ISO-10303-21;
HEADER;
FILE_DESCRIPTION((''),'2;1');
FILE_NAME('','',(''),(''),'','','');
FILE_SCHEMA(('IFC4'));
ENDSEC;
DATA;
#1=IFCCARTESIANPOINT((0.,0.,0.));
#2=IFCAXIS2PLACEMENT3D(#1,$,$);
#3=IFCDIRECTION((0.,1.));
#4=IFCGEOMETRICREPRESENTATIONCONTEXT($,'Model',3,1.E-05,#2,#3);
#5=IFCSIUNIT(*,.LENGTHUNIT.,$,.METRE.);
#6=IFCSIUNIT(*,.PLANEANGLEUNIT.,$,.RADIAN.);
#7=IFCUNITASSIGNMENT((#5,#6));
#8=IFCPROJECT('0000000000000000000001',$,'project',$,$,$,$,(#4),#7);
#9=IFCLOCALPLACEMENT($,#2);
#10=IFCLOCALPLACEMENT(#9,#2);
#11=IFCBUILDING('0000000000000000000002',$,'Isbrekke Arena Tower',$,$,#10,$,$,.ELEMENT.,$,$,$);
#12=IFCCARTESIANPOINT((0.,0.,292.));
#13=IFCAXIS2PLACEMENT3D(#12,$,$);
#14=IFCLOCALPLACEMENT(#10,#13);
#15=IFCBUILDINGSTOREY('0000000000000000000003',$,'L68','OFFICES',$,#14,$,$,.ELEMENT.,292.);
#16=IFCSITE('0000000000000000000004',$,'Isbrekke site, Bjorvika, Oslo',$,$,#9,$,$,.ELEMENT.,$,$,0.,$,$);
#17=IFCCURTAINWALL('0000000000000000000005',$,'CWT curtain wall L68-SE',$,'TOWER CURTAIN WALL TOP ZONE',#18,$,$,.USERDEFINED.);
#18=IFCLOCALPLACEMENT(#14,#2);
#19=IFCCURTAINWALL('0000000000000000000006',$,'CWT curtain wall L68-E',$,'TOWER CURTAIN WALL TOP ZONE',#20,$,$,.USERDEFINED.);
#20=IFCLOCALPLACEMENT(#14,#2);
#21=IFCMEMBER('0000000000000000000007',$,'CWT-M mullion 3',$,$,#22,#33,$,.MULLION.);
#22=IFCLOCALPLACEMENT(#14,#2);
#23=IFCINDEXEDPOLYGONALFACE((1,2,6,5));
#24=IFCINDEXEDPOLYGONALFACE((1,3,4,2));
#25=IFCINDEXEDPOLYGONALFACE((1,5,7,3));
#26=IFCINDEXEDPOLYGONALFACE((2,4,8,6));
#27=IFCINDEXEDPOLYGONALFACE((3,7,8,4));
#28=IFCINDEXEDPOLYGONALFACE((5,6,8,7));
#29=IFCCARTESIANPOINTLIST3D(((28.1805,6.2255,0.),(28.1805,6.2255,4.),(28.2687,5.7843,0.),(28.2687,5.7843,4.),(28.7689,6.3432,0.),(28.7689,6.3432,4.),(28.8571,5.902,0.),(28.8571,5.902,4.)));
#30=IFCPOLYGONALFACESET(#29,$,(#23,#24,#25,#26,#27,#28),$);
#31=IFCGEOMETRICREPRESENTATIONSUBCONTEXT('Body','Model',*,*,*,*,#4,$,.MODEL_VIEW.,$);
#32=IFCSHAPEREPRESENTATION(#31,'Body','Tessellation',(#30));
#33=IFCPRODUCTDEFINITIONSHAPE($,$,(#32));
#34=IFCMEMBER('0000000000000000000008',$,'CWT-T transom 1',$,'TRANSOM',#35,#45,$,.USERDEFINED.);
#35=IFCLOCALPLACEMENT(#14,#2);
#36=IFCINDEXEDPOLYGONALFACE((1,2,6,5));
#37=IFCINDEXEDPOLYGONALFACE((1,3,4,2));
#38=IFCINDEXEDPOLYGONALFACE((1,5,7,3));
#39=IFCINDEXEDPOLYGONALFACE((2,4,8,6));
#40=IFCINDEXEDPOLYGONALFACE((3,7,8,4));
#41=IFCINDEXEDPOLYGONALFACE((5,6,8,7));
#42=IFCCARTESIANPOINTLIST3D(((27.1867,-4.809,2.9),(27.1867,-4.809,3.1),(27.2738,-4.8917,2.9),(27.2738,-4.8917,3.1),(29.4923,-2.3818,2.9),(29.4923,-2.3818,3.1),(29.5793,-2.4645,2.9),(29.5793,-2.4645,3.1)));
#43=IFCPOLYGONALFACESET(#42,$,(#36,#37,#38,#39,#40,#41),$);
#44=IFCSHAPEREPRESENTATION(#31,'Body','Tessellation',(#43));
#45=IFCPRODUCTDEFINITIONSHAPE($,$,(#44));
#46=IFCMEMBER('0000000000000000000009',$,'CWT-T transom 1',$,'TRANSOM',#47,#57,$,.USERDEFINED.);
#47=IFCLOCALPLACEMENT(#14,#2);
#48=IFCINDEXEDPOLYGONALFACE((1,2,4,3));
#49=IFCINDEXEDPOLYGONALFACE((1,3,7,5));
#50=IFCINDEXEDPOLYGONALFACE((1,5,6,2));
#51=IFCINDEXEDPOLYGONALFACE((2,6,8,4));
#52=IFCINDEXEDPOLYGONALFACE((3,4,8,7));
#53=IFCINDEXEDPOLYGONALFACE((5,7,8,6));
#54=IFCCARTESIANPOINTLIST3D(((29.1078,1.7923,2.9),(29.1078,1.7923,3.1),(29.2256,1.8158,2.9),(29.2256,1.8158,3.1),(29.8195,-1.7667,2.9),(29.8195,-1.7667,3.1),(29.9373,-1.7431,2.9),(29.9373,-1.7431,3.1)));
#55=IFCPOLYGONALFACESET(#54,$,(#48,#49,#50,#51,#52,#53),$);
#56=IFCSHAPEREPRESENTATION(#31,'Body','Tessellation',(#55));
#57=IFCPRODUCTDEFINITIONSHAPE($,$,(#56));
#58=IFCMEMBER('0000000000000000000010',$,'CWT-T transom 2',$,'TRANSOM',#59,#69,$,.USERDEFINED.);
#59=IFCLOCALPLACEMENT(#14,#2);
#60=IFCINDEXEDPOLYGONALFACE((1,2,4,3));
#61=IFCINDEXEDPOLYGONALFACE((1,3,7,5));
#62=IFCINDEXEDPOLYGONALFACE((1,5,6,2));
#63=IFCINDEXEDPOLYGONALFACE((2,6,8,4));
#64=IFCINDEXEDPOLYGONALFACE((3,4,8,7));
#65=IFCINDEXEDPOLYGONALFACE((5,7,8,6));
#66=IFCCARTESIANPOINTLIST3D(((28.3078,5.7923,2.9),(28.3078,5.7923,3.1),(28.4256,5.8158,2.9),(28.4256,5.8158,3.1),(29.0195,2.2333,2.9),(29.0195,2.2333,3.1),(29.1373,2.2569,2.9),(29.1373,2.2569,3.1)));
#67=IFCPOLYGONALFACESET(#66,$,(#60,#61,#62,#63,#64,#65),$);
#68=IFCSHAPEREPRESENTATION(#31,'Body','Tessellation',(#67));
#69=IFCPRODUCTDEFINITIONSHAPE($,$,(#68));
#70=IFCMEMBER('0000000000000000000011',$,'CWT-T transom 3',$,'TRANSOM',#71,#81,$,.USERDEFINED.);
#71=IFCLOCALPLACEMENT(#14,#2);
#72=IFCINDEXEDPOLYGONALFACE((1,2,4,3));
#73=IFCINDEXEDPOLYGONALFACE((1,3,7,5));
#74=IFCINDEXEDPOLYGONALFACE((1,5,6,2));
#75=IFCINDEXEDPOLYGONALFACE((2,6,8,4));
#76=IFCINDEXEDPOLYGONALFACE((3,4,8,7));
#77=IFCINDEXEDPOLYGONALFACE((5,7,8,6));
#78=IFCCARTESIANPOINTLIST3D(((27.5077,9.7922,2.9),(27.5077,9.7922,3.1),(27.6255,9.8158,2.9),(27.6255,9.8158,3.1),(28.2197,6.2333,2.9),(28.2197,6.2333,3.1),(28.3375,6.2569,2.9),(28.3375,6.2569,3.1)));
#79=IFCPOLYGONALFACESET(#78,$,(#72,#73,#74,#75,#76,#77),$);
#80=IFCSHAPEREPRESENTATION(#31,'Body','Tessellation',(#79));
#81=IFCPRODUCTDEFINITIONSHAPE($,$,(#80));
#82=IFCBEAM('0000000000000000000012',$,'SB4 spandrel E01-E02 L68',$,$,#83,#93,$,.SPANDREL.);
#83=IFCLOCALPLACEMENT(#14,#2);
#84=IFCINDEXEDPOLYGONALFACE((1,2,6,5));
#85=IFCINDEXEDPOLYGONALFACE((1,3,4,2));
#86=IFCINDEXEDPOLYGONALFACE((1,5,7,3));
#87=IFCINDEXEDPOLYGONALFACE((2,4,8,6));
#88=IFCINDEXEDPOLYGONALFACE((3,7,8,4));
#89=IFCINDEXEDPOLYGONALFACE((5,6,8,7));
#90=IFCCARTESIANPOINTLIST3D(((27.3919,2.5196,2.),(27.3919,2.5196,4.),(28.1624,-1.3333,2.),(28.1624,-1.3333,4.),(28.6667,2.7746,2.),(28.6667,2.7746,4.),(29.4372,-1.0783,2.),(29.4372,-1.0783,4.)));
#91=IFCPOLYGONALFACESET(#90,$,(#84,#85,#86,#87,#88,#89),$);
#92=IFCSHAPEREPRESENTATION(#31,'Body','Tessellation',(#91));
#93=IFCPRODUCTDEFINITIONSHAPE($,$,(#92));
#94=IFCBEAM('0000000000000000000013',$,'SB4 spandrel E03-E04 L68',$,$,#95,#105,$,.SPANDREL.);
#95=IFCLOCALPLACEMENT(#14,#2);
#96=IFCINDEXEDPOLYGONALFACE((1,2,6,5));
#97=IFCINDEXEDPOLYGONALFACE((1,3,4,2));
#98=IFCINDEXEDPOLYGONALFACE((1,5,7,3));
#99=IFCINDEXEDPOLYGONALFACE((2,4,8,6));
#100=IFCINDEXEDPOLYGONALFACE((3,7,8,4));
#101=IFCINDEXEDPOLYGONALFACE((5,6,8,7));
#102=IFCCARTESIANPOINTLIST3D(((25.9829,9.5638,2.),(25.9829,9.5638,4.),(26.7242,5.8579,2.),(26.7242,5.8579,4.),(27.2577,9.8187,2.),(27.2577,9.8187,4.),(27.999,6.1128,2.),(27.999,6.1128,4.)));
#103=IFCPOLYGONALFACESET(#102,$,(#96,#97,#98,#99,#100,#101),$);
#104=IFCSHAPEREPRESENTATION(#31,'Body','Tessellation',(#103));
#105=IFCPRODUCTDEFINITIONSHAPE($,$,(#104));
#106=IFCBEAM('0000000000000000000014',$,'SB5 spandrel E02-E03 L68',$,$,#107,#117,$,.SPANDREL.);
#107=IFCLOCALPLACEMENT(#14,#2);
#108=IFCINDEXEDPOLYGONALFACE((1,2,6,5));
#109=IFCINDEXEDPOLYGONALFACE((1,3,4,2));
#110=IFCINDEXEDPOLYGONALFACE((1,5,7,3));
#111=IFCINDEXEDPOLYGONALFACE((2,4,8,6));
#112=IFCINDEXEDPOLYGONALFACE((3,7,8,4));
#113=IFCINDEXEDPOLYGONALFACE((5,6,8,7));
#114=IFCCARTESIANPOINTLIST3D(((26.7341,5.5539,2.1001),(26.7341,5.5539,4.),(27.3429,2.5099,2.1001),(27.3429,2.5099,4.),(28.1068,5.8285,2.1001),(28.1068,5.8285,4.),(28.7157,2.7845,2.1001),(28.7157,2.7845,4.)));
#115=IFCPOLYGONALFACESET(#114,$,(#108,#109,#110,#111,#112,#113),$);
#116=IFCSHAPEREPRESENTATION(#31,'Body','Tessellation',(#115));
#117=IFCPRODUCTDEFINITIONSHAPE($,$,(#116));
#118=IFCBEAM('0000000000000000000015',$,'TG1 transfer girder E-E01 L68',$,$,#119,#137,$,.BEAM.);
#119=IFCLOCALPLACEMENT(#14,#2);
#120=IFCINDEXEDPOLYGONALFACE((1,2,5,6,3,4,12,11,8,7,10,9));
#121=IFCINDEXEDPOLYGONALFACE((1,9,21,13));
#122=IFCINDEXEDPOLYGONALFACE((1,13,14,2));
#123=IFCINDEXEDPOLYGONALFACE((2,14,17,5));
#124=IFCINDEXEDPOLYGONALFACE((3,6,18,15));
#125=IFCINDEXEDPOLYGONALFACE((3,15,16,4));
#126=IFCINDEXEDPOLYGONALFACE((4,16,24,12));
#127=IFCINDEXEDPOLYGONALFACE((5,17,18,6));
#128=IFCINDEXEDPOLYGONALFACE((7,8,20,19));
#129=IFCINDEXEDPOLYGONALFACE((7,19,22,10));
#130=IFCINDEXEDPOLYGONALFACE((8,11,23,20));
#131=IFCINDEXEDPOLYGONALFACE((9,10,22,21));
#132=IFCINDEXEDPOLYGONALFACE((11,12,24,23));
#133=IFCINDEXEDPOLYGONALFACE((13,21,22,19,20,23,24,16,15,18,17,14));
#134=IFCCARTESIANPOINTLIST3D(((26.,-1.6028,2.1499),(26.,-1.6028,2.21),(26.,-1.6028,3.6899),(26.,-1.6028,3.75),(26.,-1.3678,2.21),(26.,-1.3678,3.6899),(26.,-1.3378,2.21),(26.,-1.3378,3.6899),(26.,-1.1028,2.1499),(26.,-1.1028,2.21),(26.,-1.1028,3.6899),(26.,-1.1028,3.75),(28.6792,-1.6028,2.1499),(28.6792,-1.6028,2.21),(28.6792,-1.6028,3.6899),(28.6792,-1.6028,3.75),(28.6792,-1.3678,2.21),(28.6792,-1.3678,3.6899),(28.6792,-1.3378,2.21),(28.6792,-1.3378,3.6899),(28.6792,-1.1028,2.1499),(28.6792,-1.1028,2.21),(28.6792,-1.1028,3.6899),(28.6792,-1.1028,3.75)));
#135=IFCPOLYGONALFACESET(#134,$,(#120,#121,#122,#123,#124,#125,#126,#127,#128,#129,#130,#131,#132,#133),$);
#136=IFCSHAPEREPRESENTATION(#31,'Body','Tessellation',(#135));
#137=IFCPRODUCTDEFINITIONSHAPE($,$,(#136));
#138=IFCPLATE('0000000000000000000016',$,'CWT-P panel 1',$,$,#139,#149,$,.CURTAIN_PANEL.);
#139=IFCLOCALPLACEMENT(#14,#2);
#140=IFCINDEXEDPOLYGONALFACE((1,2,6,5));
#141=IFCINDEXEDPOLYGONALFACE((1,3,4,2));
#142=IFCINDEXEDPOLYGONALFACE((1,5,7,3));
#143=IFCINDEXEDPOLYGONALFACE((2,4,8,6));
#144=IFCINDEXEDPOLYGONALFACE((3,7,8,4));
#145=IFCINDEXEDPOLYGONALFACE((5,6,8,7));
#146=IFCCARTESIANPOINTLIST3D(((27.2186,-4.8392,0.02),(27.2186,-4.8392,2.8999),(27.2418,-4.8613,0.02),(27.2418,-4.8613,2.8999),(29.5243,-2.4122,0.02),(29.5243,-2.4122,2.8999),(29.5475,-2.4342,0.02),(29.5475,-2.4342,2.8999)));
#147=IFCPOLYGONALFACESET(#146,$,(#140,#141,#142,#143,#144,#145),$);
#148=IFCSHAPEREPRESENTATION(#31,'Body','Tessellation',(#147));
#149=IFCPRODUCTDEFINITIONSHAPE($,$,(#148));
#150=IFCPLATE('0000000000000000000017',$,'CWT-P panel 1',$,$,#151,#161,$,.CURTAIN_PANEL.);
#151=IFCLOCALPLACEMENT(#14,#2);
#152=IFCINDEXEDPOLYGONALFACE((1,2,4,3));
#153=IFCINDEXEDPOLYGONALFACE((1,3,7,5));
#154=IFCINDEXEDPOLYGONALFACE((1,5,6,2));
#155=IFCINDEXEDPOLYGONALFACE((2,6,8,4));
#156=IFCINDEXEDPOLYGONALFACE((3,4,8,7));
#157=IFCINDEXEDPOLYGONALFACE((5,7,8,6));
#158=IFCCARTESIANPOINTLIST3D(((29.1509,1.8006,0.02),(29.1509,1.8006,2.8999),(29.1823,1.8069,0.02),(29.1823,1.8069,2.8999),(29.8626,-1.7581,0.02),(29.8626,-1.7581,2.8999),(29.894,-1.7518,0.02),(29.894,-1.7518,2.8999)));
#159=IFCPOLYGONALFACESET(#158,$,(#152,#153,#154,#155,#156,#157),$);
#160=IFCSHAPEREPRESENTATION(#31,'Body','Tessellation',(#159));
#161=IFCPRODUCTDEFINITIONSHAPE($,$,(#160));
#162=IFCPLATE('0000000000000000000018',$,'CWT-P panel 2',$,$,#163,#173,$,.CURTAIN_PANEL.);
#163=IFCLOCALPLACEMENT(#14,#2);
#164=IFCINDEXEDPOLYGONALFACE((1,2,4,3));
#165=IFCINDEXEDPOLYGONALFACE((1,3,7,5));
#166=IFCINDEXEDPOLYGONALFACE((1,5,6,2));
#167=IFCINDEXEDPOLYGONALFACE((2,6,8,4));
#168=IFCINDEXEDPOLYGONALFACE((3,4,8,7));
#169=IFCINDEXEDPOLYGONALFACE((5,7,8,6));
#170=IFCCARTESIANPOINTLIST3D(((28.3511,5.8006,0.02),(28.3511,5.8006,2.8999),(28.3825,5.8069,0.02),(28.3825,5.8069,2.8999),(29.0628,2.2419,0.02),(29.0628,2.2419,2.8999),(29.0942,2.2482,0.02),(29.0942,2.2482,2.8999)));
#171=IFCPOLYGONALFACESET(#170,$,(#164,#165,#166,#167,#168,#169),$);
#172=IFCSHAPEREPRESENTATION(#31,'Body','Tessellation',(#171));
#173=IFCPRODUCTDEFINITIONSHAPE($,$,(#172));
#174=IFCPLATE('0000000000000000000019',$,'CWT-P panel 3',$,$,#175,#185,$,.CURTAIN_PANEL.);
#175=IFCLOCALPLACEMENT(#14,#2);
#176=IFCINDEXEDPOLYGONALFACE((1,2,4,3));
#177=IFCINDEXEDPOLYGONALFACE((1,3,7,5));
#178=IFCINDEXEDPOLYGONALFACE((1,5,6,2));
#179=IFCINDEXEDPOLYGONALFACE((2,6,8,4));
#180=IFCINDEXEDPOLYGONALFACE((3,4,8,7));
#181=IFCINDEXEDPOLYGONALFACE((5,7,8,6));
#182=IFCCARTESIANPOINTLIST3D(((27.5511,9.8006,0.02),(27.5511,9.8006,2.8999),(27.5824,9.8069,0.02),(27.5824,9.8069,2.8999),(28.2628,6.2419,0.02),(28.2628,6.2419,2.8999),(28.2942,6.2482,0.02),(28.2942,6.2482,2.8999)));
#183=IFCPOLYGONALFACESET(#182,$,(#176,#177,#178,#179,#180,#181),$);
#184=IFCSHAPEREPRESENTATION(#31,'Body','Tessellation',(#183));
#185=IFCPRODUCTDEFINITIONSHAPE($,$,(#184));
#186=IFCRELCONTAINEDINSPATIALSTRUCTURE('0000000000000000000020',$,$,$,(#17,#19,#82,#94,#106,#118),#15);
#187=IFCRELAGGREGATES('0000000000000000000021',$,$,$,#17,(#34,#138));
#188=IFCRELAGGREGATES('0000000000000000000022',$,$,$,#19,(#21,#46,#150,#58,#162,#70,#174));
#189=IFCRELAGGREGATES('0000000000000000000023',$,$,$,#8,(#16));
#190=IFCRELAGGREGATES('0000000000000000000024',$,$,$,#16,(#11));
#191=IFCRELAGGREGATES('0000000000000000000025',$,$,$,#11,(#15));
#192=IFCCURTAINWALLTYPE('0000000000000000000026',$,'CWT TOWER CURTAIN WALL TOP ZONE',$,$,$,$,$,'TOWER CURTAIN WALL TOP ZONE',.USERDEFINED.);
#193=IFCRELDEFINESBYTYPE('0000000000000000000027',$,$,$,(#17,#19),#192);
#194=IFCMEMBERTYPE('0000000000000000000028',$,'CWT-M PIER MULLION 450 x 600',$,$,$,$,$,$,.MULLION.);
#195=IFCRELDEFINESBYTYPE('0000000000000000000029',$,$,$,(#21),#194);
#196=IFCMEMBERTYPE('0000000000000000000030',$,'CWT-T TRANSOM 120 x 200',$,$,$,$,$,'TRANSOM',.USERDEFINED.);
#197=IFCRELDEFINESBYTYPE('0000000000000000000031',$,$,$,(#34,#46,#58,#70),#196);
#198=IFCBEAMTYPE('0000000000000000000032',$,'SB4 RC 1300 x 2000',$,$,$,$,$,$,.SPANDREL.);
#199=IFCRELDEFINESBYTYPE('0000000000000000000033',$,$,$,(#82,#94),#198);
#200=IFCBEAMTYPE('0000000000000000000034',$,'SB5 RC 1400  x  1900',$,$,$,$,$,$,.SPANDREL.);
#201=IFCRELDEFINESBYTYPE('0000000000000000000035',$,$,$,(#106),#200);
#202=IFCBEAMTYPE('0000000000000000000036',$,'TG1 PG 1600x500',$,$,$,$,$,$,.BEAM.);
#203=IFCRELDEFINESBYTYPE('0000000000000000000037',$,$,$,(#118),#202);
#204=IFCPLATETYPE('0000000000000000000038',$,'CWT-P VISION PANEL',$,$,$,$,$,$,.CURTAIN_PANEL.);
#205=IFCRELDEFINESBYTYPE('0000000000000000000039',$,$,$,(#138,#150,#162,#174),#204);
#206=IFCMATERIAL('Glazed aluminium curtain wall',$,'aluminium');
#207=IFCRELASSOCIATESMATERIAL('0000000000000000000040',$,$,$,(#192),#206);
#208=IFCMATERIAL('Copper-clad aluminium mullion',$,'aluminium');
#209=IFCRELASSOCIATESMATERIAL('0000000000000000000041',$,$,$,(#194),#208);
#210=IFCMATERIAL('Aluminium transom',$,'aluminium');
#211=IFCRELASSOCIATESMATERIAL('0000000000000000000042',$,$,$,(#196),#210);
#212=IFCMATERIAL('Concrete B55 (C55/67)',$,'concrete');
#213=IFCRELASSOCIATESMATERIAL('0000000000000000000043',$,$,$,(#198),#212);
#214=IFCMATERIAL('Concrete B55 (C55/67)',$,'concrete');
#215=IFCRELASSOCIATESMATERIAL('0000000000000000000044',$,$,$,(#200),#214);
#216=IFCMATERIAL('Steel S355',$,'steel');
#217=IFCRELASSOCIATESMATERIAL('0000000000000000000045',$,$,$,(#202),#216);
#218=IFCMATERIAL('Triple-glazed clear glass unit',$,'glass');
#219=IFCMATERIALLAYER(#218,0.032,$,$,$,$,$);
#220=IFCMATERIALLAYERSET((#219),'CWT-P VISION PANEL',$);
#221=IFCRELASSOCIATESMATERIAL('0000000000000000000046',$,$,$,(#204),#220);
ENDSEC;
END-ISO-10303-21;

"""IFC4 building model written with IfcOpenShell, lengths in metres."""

from ifc_helpers import new_model, si_unit, direction, frame, origin, origin_2d, place, context, subcontext, project, spatial, rectangle, i_section, extrude, material, layer, layer_set, material_profile, profile_set, type_object, element, aggregate, save


model = new_model("IFC4")

# Units and contexts
model_context = context("Model", 3, precision=1e-05, world=origin(), true_north=direction((0.0, 1.0)))
body_context = subcontext(model_context, "Body", "Model", "MODEL_VIEW")
ifc_project = project(units=[si_unit("LENGTHUNIT", "METRE"), si_unit("PLANEANGLEUNIT", "RADIAN")], contexts=[model_context])

# Site, building, storey
site_placement = place(None, origin())
site = spatial("IfcSite", under=ifc_project, at=site_placement, Name="Isbrekke site, Bjorvika, Oslo", CompositionType="ELEMENT", RefElevation=0.0)
building_placement = place(site_placement, origin())
building = spatial("IfcBuilding", under=site, at=building_placement, Name="Isbrekke Arena Tower", CompositionType="ELEMENT")
storey_placement = place(building_placement, frame((0.0, 0.0, 292.0)))
storey = spatial("IfcBuildingStorey", under=building, at=storey_placement, Name="L68", Description="OFFICES", CompositionType="ELEMENT", Elevation=292.0)

# Curtain walls, member
ifc_material_1 = material(Name="Glazed aluminium curtain wall", Category="aluminium")
curtain_wall_type = type_object("IfcCurtainWallType", Name="CWT TOWER CURTAIN WALL TOP ZONE", ElementType="TOWER CURTAIN WALL TOP ZONE", PredefinedType="USERDEFINED", material=ifc_material_1)
curtain_wall_1_placement = place(storey_placement, origin())
curtain_wall_1 = element("IfcCurtainWall", 1, at=curtain_wall_1_placement, inside=storey, type_object=curtain_wall_type, Name="CWT curtain wall L68-SE", ObjectType="TOWER CURTAIN WALL TOP ZONE", PredefinedType="USERDEFINED")
ifc_material_2 = material(Name="Copper-clad aluminium mullion", Category="aluminium")
ifc_material_profile_1 = material_profile(ifc_material_2, rectangle(XDim=0.45, YDim=0.6001, at=origin_2d()), Name="PIER 450X600")
ifc_profile_set_1 = profile_set([ifc_material_profile_1], Name="Copper-clad aluminium mullion")
member_type_1 = type_object("IfcMemberType", Name="CWT-M PIER MULLION 450 x 600", PredefinedType="MULLION", material=ifc_profile_set_1)
curtain_wall_2_placement = place(storey_placement, origin())
curtain_wall_2 = element("IfcCurtainWall", 2, at=curtain_wall_2_placement, inside=storey, type_object=curtain_wall_type, Name="CWT curtain wall L68-E", ObjectType="TOWER CURTAIN WALL TOP ZONE", PredefinedType="USERDEFINED")
member_1_placement = place(storey_placement, frame((28.5188, 6.0637, 0.0), z_axis=(0.0, 0.0, 1.0), x_axis=(-0.196116, 0.980581, 0.0)))
member_1 = element("IfcMember", 3, at=member_1_placement, type_object=member_type_1, Name="CWT-M mullion 3", PredefinedType="MULLION", context=body_context, shape_type="SweptSolid", body=[
    extrude(rectangle(XDim=0.45, YDim=0.6001, at=origin_2d()), origin(), (0.0, 0.0, 1.0), 4.0),
])

# Members
ifc_material_3 = material(Name="Aluminium transom", Category="aluminium")
ifc_material_profile_2 = material_profile(ifc_material_3, rectangle(XDim=0.1201, YDim=0.2, at=origin_2d()), Name="TRANSOM 120X200")
ifc_profile_set_2 = profile_set([ifc_material_profile_2], Name="Aluminium transom")
member_type_2 = type_object("IfcMemberType", Name="CWT-T TRANSOM 120 x 200", ElementType="TRANSOM", PredefinedType="USERDEFINED", material=ifc_profile_set_2)
member_2_placement = place(storey_placement, frame((27.2302, -4.8503, 3.0), z_axis=(0.688715, 0.725032, 0.0), x_axis=(-0.725032, 0.688715, 0.0)))
member_2 = element("IfcMember", 4, at=member_2_placement, type_object=member_type_2, Name="CWT-T transom 1", ObjectType="TRANSOM", PredefinedType="USERDEFINED", context=body_context, shape_type="SweptSolid", body=[
    extrude(rectangle(XDim=0.1201, YDim=0.2, at=origin_2d()), origin(), (0.0, 0.0, 1.0), 3.3477),
])
member_3_placement = place(storey_placement, frame((29.8784, -1.7549, 3.0), z_axis=(-0.19609, 0.980586, 0.0), x_axis=(-0.980586, -0.19609, 0.0)))
member_3 = element("IfcMember", 5, at=member_3_placement, type_object=member_type_2, Name="CWT-T transom 1", ObjectType="TRANSOM", PredefinedType="USERDEFINED", context=body_context, shape_type="SweptSolid", body=[
    extrude(rectangle(XDim=0.1201, YDim=0.2, at=origin_2d()), origin(), (0.0, 0.0, 1.0), 3.6294),
])
member_4_placement = place(storey_placement, frame((29.0784, 2.2451, 3.0), z_axis=(-0.19609, 0.980586, 0.0), x_axis=(-0.980586, -0.19609, 0.0)))
member_4 = element("IfcMember", 6, at=member_4_placement, type_object=member_type_2, Name="CWT-T transom 2", ObjectType="TRANSOM", PredefinedType="USERDEFINED", context=body_context, shape_type="SweptSolid", body=[
    extrude(rectangle(XDim=0.1201, YDim=0.2, at=origin_2d()), origin(), (0.0, 0.0, 1.0), 3.6294),
])
member_5_placement = place(storey_placement, frame((28.2786, 6.2451, 3.0), z_axis=(-0.196155, 0.980573, 0.0), x_axis=(-0.980573, -0.196155, 0.0)))
member_5 = element("IfcMember", 7, at=member_5_placement, type_object=member_type_2, Name="CWT-T transom 3", ObjectType="TRANSOM", PredefinedType="USERDEFINED", context=body_context, shape_type="SweptSolid", body=[
    extrude(rectangle(XDim=0.1201, YDim=0.2, at=origin_2d()), origin(), (0.0, 0.0, 1.0), 3.6294),
])

# Beams
ifc_material_4 = material(Name="Concrete B55 (C55/67)", Category="concrete")
ifc_material_profile_3 = material_profile(ifc_material_4, rectangle(XDim=1.3, YDim=2.0, at=origin_2d()), Name="RC 1300x2000")
ifc_profile_set_3 = profile_set([ifc_material_profile_3], Name="Concrete B55 (C55/67)")
beam_type_1 = type_object("IfcBeamType", Name="SB4 RC 1300 x 2000", PredefinedType="SPANDREL", material=ifc_profile_set_3)
beam_1_placement = place(storey_placement, frame((28.7998, -1.2058, 3.0), z_axis=(-0.196092, 0.980585, 0.0), x_axis=(-0.980585, -0.196092, 0.0)))
element("IfcBeam", 8, at=beam_1_placement, inside=storey, type_object=beam_type_1, Name="SB4 spandrel E01-E02 L68", PredefinedType="SPANDREL", context=body_context, shape_type="SweptSolid", body=[
    extrude(rectangle(XDim=1.3, YDim=2.0, at=origin_2d()), origin(), (0.0, 0.0, 1.0), 3.9292),
])
beam_2_placement = place(storey_placement, frame((27.3616, 5.9854, 3.0), z_axis=(-0.196129, 0.980578, 0.0), x_axis=(-0.980578, -0.196129, 0.0)))
element("IfcBeam", 9, at=beam_2_placement, inside=storey, type_object=beam_type_1, Name="SB4 spandrel E03-E04 L68", PredefinedType="SPANDREL", context=body_context, shape_type="SweptSolid", body=[
    extrude(rectangle(XDim=1.3, YDim=2.0, at=origin_2d()), origin(), (0.0, 0.0, 1.0), 3.7793),
])
ifc_material_5 = material(Name="Concrete B55 (C55/67)", Category="concrete")
ifc_material_profile_4 = material_profile(ifc_material_5, rectangle(XDim=1.3999, YDim=1.8999, at=origin_2d()), Name="RC 1400 x 1900")
ifc_profile_set_4 = profile_set([ifc_material_profile_4], Name="Concrete B55 (C55/67)")
beam_type_2 = type_object("IfcBeamType", Name="SB5 RC 1400  x  1900", PredefinedType="SPANDREL", material=ifc_profile_set_4)
beam_3_placement = place(storey_placement, frame((28.0293, 2.6472, 3.05), z_axis=(-0.196146, 0.980575, 0.0), x_axis=(-0.980575, -0.196146, 0.0)))
element("IfcBeam", 10, at=beam_3_placement, inside=storey, type_object=beam_type_2, Name="SB5 spandrel E02-E03 L68", PredefinedType="SPANDREL", context=body_context, shape_type="SweptSolid", body=[
    extrude(rectangle(XDim=1.3999, YDim=1.8999, at=origin_2d()), origin(), (0.0, 0.0, 1.0), 3.1042),
])
ifc_material_6 = material(Name="Steel S355", Category="steel")
ifc_material_profile_5 = material_profile(ifc_material_6, i_section(OverallWidth=0.5, OverallDepth=1.6001, WebThickness=0.03, FlangeThickness=0.0601, at=origin_2d()), Name="PG 1600x500")
ifc_profile_set_5 = profile_set([ifc_material_profile_5], Name="Steel S355")
beam_type_3 = type_object("IfcBeamType", Name="TG1 PG 1600x500", PredefinedType="BEAM", material=ifc_profile_set_5)
beam_4_placement = place(storey_placement, frame((28.6792, -1.3528, 2.95), z_axis=(-1.0, 0.0, 0.0), x_axis=(0.0, -1.0, 0.0)))
element("IfcBeam", 11, at=beam_4_placement, inside=storey, type_object=beam_type_3, Name="TG1 transfer girder E-E01 L68", PredefinedType="BEAM", context=body_context, shape_type="SweptSolid", body=[
    extrude(i_section(OverallWidth=0.5, OverallDepth=1.6001, WebThickness=0.03, FlangeThickness=0.0601, at=origin_2d()), origin(), (0.0, 0.0, 1.0), 2.6792),
])

# Plates
ifc_material_7 = material(Name="Triple-glazed clear glass unit", Category="glass")
ifc_layer_1 = layer(ifc_material_7, 0.032)
ifc_layer_set_1 = layer_set([ifc_layer_1], Name="CWT-P VISION PANEL")
plate_type = type_object("IfcPlateType", Name="CWT-P VISION PANEL", PredefinedType="CURTAIN_PANEL", material=ifc_layer_set_1)
plate_1_placement = place(storey_placement, frame((28.3831, -3.6367, 0.02), z_axis=(0.0, 0.0, 1.0), x_axis=(0.688749, 0.724999, 0.0)))
plate_1 = element("IfcPlate", 12, at=plate_1_placement, type_object=plate_type, Name="CWT-P panel 1", PredefinedType="CURTAIN_PANEL", context=body_context, shape_type="SweptSolid", body=[
    extrude(rectangle(XDim=3.3477, YDim=0.032, at=origin_2d()), origin(), (0.0, 0.0, 1.0), 2.8799),
])
aggregate(curtain_wall_1, [member_2, plate_1])
plate_2_placement = place(storey_placement, frame((29.5225, 0.0244, 0.02), z_axis=(0.0, 0.0, 1.0), x_axis=(-0.196116, 0.980581, 0.0)))
plate_2 = element("IfcPlate", 13, at=plate_2_placement, type_object=plate_type, Name="CWT-P panel 1", PredefinedType="CURTAIN_PANEL", context=body_context, shape_type="SweptSolid", body=[
    extrude(rectangle(XDim=3.6292, YDim=0.032, at=origin_2d()), origin(), (0.0, 0.0, 1.0), 2.8799),
])
plate_3_placement = place(storey_placement, frame((28.7227, 4.0244, 0.02), z_axis=(0.0, 0.0, 1.0), x_axis=(-0.196116, 0.980581, 0.0)))
plate_3 = element("IfcPlate", 14, at=plate_3_placement, type_object=plate_type, Name="CWT-P panel 2", PredefinedType="CURTAIN_PANEL", context=body_context, shape_type="SweptSolid", body=[
    extrude(rectangle(XDim=3.6292, YDim=0.032, at=origin_2d()), origin(), (0.0, 0.0, 1.0), 2.8799),
])
plate_4_placement = place(storey_placement, frame((27.9226, 8.0244, 0.02), z_axis=(0.0, 0.0, 1.0), x_axis=(-0.196116, 0.980581, 0.0)))
plate_4 = element("IfcPlate", 15, at=plate_4_placement, type_object=plate_type, Name="CWT-P panel 3", PredefinedType="CURTAIN_PANEL", context=body_context, shape_type="SweptSolid", body=[
    extrude(rectangle(XDim=3.6292, YDim=0.032, at=origin_2d()), origin(), (0.0, 0.0, 1.0), 2.8799),
])
aggregate(curtain_wall_2, [member_1, member_3, plate_2, member_4, plate_3, member_5, plate_4])

save(model, "model.ifc")
